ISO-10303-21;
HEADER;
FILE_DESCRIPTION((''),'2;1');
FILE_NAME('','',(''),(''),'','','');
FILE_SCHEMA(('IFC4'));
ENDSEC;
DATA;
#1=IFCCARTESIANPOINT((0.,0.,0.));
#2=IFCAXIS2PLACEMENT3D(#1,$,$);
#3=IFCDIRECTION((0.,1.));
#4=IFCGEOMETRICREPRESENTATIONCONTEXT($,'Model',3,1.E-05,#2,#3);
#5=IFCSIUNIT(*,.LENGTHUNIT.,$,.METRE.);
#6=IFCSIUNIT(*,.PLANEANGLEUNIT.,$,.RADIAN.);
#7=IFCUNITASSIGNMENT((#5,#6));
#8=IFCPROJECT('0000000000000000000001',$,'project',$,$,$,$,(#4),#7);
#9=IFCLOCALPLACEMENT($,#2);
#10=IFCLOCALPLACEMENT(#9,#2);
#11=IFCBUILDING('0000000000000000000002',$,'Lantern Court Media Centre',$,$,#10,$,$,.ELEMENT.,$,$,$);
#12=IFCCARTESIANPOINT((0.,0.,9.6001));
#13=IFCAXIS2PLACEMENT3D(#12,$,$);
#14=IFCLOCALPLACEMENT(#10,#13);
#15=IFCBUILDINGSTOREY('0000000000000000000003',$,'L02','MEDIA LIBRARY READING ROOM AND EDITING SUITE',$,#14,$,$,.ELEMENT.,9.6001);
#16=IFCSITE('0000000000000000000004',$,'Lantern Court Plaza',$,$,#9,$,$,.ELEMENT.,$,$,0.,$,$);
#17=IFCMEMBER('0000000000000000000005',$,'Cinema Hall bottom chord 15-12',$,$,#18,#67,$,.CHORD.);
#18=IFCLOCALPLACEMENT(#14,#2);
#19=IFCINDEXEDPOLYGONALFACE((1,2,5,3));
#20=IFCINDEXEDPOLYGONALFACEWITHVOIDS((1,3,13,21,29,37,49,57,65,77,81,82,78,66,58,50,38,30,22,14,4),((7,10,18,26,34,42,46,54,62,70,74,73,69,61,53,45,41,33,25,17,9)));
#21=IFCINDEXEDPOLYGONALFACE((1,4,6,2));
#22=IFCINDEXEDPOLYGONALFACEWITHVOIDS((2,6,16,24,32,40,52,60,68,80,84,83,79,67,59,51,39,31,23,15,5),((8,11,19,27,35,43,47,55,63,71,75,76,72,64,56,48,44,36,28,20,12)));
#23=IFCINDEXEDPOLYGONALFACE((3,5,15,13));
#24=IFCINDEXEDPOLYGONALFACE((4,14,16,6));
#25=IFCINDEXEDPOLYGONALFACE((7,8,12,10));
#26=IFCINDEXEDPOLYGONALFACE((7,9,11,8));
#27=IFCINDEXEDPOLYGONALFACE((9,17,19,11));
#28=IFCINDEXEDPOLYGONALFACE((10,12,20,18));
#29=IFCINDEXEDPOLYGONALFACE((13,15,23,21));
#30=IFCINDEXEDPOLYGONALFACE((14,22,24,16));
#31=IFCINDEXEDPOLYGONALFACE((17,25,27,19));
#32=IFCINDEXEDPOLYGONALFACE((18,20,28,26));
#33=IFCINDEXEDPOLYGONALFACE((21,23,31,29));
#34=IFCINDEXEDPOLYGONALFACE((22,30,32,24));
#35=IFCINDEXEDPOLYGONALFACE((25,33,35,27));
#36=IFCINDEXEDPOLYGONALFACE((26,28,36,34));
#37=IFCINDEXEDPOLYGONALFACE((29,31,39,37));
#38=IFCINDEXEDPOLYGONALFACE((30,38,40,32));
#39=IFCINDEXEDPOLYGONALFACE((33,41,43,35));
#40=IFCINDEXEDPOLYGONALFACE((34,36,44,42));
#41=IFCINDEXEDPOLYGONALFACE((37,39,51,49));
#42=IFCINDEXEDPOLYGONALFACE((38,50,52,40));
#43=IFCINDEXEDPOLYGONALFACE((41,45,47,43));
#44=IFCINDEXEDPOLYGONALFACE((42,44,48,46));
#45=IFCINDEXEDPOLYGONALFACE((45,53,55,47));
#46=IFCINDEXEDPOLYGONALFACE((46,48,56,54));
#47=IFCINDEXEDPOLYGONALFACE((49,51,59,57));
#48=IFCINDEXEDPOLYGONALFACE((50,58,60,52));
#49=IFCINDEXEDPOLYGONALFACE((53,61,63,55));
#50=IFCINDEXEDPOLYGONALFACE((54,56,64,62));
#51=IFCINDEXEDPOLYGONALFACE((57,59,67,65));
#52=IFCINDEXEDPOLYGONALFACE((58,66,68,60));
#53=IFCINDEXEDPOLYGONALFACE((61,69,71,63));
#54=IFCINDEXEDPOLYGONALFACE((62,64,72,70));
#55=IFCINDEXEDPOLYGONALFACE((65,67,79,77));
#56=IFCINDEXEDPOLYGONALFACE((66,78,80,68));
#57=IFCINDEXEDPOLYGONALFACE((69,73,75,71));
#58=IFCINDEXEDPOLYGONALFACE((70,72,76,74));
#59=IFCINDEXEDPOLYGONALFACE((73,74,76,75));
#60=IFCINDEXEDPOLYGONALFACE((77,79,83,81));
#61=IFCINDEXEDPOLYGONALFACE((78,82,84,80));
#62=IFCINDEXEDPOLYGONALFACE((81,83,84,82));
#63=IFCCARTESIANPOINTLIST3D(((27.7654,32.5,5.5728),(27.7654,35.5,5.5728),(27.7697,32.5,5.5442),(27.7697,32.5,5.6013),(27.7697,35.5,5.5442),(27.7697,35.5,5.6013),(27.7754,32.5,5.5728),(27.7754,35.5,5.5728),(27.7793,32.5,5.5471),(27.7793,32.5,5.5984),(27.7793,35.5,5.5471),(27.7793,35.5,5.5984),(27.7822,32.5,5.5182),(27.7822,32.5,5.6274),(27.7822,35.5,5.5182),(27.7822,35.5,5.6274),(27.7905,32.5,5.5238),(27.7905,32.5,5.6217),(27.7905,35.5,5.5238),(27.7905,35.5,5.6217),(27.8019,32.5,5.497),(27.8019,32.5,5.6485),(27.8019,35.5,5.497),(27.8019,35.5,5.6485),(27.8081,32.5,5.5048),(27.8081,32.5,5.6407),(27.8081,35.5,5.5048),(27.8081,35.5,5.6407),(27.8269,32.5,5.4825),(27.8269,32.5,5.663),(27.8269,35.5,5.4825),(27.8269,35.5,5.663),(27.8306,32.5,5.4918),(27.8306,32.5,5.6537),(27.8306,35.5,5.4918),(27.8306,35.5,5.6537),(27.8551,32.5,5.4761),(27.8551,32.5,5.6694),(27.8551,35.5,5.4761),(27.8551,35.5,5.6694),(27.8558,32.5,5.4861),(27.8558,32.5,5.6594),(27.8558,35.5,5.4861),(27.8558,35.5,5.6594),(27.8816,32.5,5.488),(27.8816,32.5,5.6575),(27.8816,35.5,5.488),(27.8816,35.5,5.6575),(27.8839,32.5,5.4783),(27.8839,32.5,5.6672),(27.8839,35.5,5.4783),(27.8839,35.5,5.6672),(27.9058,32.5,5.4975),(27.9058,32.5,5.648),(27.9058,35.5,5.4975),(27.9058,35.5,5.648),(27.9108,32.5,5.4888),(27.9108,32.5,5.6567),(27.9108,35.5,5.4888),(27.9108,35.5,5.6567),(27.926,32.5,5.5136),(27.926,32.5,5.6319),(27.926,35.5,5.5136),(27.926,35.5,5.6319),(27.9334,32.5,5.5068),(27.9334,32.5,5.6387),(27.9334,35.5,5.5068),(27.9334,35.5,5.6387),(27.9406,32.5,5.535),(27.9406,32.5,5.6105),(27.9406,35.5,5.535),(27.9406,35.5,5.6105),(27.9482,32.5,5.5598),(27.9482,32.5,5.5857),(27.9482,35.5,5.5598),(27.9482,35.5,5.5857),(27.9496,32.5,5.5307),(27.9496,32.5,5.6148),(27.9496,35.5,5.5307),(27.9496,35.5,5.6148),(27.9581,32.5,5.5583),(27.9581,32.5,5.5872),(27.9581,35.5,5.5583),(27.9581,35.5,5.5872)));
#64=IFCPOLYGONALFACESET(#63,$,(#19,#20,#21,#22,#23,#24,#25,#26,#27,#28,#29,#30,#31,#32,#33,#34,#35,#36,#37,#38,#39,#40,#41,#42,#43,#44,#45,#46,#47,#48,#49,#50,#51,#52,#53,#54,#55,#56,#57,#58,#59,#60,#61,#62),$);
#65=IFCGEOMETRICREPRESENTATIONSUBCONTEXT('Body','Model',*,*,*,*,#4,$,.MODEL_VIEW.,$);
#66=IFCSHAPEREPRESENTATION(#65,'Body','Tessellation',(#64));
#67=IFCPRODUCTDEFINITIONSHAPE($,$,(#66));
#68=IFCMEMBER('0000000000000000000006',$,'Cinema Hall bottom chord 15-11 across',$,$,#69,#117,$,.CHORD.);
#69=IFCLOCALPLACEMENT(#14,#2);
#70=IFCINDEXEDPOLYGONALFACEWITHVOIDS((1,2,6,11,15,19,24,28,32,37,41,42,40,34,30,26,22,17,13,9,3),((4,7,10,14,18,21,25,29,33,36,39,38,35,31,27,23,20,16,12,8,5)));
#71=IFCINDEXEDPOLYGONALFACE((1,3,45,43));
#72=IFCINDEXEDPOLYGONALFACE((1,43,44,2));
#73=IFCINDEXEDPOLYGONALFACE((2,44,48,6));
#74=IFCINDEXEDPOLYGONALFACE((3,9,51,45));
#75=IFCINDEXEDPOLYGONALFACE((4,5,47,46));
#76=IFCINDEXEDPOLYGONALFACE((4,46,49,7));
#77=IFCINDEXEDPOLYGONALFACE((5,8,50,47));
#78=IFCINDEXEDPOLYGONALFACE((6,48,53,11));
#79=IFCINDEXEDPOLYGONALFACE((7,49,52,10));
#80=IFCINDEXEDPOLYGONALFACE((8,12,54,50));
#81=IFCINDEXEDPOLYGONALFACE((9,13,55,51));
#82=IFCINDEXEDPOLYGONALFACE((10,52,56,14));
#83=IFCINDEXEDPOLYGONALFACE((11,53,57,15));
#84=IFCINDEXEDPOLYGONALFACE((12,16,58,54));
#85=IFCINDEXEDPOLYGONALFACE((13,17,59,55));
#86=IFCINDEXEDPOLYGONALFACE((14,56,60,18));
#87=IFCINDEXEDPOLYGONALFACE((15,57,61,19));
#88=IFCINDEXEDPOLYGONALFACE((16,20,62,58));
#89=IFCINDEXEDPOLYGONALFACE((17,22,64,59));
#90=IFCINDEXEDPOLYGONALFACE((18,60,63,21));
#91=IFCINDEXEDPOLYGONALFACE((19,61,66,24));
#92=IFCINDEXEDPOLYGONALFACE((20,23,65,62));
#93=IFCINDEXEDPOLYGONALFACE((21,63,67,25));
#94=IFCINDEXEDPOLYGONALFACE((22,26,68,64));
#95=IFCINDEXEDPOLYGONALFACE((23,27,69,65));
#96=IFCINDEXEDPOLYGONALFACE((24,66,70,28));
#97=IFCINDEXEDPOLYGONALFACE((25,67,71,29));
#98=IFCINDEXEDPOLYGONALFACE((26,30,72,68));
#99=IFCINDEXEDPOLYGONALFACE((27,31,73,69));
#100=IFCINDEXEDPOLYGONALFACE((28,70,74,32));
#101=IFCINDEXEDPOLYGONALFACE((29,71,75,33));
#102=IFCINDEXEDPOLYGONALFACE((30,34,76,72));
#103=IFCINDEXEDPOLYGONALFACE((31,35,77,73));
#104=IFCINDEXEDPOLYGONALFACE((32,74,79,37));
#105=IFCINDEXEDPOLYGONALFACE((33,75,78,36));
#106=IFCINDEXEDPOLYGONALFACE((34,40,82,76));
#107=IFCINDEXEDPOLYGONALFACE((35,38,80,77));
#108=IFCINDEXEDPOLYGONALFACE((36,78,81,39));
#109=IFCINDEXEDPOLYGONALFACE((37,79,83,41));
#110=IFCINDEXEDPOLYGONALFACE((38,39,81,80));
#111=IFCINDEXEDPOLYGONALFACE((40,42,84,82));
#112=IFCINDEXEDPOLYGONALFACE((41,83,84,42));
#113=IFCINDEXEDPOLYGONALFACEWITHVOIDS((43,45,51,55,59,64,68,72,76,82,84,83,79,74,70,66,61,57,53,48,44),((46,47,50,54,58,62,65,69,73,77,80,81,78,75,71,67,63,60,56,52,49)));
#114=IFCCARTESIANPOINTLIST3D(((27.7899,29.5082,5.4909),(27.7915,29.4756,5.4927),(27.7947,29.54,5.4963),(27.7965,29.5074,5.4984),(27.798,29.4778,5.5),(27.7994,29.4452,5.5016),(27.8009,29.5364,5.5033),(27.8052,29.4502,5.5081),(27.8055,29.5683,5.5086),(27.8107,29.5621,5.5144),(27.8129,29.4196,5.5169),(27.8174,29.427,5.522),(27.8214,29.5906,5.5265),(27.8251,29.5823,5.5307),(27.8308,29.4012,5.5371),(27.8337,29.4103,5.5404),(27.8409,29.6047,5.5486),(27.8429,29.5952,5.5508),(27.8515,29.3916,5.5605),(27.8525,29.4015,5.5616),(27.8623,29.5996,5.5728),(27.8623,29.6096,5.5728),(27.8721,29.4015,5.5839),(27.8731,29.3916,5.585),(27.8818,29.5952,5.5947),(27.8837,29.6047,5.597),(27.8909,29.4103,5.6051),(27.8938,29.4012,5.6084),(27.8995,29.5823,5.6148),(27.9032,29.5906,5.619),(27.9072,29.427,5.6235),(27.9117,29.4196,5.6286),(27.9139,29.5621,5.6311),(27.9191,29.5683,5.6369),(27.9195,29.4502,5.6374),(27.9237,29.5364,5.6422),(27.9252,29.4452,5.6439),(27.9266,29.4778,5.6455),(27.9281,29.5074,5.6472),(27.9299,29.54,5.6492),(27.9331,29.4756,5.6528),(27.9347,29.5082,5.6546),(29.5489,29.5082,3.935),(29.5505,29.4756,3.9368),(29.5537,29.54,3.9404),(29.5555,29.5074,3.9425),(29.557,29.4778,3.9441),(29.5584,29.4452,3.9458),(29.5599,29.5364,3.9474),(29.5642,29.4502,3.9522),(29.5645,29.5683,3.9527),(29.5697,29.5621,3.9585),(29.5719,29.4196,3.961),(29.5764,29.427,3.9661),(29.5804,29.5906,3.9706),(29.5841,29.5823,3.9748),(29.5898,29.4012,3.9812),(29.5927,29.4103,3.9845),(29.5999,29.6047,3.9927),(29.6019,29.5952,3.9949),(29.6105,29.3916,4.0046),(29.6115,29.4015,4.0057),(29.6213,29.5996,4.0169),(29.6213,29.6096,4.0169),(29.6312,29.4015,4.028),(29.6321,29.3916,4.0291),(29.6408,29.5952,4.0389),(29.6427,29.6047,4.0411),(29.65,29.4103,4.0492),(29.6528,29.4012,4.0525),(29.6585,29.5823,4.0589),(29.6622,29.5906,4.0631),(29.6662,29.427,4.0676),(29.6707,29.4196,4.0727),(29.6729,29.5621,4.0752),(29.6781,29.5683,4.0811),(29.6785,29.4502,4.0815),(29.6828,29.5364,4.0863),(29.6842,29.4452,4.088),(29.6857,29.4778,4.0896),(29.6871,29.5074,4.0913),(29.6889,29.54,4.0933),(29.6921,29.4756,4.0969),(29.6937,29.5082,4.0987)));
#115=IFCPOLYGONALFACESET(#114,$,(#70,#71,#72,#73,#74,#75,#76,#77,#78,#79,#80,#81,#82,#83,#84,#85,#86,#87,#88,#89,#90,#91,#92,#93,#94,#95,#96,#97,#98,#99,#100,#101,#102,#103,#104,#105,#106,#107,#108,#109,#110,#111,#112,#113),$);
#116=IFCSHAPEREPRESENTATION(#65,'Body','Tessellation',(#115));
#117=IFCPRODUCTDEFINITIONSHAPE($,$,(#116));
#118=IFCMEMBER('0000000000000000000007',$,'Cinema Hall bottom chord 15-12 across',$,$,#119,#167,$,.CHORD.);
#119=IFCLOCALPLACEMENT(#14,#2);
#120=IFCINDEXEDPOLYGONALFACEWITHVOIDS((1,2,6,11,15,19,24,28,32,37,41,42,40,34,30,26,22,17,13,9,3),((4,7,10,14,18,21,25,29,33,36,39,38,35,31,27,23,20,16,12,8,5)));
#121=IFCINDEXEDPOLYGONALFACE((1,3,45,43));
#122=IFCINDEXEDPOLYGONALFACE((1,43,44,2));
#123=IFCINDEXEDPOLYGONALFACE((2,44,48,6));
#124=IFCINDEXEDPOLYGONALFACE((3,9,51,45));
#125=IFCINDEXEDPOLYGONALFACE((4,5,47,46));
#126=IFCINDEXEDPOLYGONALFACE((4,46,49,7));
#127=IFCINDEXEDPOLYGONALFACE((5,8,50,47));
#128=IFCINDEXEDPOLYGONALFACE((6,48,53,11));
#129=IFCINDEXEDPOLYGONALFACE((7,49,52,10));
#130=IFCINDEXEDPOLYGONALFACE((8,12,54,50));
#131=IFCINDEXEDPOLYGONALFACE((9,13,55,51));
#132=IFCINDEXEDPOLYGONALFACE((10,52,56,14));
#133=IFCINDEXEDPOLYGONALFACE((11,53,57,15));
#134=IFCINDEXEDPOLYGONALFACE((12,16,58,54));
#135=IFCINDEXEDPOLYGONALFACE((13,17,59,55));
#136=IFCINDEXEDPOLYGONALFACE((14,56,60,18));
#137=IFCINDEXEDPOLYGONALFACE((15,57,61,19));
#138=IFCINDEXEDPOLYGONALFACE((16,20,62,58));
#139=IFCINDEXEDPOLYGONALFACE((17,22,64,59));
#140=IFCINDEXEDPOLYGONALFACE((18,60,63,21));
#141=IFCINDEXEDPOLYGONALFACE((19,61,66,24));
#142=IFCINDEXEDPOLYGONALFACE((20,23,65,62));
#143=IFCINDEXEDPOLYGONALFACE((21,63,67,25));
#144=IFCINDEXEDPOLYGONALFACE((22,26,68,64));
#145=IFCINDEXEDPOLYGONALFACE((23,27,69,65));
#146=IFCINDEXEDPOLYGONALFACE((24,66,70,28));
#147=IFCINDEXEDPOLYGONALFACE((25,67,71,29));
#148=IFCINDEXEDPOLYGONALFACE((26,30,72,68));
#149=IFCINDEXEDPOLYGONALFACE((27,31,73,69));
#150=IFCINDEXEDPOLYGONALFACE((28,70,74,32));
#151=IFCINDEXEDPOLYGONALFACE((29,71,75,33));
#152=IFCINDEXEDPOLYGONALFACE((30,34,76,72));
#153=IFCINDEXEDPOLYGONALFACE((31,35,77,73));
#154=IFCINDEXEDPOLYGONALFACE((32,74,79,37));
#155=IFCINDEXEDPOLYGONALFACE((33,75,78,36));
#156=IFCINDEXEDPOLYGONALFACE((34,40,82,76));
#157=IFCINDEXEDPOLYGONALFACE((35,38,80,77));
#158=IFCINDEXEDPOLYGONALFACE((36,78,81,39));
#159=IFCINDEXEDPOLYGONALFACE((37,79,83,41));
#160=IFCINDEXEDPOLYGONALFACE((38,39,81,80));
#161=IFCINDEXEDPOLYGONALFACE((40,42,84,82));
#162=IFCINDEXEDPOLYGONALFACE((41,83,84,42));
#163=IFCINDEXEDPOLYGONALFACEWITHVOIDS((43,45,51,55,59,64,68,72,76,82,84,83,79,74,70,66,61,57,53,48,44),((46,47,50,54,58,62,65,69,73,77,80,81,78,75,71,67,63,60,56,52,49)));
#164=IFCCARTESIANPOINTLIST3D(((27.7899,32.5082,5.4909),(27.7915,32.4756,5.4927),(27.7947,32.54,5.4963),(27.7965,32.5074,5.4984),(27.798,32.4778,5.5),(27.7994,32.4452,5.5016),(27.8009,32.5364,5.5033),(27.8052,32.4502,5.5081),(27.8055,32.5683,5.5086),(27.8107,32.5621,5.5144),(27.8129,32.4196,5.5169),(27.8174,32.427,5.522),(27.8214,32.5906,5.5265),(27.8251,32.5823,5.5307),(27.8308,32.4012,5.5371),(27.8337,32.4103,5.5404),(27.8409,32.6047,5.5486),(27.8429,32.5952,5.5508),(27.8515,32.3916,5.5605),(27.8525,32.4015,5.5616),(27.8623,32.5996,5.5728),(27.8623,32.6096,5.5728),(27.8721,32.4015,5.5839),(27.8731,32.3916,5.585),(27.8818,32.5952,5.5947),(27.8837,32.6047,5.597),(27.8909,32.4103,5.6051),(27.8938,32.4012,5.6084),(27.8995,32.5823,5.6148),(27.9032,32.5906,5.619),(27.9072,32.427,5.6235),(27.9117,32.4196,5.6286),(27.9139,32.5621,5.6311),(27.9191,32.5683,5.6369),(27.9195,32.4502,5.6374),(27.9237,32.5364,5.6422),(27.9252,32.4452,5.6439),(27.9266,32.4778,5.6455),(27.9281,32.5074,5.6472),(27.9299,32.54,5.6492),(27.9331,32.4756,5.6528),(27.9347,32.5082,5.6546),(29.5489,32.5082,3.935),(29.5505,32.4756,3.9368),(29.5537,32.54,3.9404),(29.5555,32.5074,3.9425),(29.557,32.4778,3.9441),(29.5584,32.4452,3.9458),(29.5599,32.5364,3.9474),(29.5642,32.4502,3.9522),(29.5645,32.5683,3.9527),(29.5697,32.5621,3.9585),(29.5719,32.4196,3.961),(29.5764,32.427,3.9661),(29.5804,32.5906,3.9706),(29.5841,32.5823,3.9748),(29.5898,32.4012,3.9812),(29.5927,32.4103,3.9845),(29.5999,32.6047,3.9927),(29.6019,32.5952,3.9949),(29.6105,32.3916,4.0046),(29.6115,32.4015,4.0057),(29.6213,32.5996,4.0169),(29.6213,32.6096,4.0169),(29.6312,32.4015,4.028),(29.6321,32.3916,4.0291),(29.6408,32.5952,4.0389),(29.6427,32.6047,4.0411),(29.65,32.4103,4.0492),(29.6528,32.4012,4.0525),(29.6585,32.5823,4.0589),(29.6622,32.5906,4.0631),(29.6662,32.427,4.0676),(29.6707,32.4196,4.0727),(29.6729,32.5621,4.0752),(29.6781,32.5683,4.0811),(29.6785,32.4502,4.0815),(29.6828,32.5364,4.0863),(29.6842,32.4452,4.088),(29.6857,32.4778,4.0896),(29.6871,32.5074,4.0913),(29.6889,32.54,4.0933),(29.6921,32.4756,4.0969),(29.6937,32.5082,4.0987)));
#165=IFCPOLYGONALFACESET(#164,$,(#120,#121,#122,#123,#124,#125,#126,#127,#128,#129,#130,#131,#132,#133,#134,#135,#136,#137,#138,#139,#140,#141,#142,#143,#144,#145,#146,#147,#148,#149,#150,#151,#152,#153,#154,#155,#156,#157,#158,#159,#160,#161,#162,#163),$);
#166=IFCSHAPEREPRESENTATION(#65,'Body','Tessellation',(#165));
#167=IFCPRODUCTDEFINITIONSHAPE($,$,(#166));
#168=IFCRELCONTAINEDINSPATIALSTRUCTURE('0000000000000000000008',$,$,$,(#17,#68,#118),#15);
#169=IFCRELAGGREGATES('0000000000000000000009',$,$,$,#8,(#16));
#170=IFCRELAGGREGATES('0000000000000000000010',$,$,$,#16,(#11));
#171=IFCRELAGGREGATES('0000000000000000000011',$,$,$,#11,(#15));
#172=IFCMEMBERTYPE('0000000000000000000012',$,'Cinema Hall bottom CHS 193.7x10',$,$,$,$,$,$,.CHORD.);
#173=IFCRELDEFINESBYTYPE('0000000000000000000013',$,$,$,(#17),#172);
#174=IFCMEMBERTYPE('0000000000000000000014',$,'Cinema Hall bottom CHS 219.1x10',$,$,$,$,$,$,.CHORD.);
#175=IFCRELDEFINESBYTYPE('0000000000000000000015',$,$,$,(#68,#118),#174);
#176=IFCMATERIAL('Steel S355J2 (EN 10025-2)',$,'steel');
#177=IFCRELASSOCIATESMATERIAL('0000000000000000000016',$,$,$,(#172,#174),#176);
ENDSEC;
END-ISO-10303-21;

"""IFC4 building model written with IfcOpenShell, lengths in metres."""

from ifc_helpers import new_model, si_unit, direction, frame, origin, origin_2d, place, context, subcontext, project, spatial, hollow_circle, extrude, material, material_profile, profile_set, type_object, element, save


model = new_model("IFC4")

# Units and contexts
model_context = context("Model", 3, precision=1e-05, world=origin(), true_north=direction((0.0, 1.0)))
body_context = subcontext(model_context, "Body", "Model", "MODEL_VIEW")
ifc_project = project(units=[si_unit("LENGTHUNIT", "METRE"), si_unit("PLANEANGLEUNIT", "RADIAN")], contexts=[model_context])

# Site, building, storey
site_placement = place(None, origin())
site = spatial("IfcSite", under=ifc_project, at=site_placement, Name="Lantern Court Plaza", CompositionType="ELEMENT", RefElevation=0.0)
building_placement = place(site_placement, origin())
building = spatial("IfcBuilding", under=site, at=building_placement, Name="Lantern Court Media Centre", CompositionType="ELEMENT")
storey_placement = place(building_placement, frame((0.0, 0.0, 9.6001)))
storey = spatial("IfcBuildingStorey", under=building, at=storey_placement, Name="L02", Description="MEDIA LIBRARY READING ROOM AND EDITING SUITE", CompositionType="ELEMENT", Elevation=9.6001)

# Members
ifc_material = material(Name="Steel S355J2 (EN 10025-2)", Category="steel")
ifc_material_profile_1 = material_profile(ifc_material, hollow_circle(Radius=0.0969, WallThickness=0.01, at=origin_2d()), Name="Cinema Hall bottom CHS 193.7x10")
ifc_profile_set_1 = profile_set([ifc_material_profile_1], Name="Steel S355J2 (EN 10025-2)")
member_type_1 = type_object("IfcMemberType", Name="Cinema Hall bottom CHS 193.7x10", PredefinedType="CHORD", material=ifc_profile_set_1)
member_1_placement = place(storey_placement, frame((27.8623, 32.5, 5.5728), z_axis=(0.0, 1.0, 0.0), x_axis=(-1.0, 0.0, 0.0)))
element("IfcMember", 1, at=member_1_placement, inside=storey, type_object=member_type_1, Name="Cinema Hall bottom chord 15-12", PredefinedType="CHORD", context=body_context, shape_type="SweptSolid", body=[
    extrude(hollow_circle(Radius=0.0969, WallThickness=0.01, at=origin_2d()), origin(), (0.0, 0.0, 1.0), 3.0),
])
ifc_material_profile_2 = material_profile(ifc_material, hollow_circle(Radius=0.1096, WallThickness=0.01, at=origin_2d()), Name="Cinema Hall bottom CHS 219.1x10")
ifc_profile_set_2 = profile_set([ifc_material_profile_2], Name="Steel S355J2 (EN 10025-2)")
member_type_2 = type_object("IfcMemberType", Name="Cinema Hall bottom CHS 219.1x10", PredefinedType="CHORD", material=ifc_profile_set_2)
for number, where, z_axis, x_axis, name in (
    (2, (27.8623, 29.5, 5.5728), (0.74903, 0.0, -0.662536), (0.0, 1.0, 0.0), "Cinema Hall bottom chord 15-11 across"),
    (3, (27.8623, 32.5, 5.5728), (0.74903, 0.0, -0.662536), (0.0, 1.0, 0.0), "Cinema Hall bottom chord 15-12 across"),
):
    element("IfcMember", number, at=place(storey_placement, frame(where, z_axis=z_axis, x_axis=x_axis)), inside=storey, type_object=member_type_2, Name=name, PredefinedType="CHORD", context=body_context, shape_type="SweptSolid", body=[
        extrude(hollow_circle(Radius=0.1096, WallThickness=0.01, at=origin_2d()), origin(), (0.0, 0.0, 1.0), 2.3484),
    ])

save(model, "model.ifc")
